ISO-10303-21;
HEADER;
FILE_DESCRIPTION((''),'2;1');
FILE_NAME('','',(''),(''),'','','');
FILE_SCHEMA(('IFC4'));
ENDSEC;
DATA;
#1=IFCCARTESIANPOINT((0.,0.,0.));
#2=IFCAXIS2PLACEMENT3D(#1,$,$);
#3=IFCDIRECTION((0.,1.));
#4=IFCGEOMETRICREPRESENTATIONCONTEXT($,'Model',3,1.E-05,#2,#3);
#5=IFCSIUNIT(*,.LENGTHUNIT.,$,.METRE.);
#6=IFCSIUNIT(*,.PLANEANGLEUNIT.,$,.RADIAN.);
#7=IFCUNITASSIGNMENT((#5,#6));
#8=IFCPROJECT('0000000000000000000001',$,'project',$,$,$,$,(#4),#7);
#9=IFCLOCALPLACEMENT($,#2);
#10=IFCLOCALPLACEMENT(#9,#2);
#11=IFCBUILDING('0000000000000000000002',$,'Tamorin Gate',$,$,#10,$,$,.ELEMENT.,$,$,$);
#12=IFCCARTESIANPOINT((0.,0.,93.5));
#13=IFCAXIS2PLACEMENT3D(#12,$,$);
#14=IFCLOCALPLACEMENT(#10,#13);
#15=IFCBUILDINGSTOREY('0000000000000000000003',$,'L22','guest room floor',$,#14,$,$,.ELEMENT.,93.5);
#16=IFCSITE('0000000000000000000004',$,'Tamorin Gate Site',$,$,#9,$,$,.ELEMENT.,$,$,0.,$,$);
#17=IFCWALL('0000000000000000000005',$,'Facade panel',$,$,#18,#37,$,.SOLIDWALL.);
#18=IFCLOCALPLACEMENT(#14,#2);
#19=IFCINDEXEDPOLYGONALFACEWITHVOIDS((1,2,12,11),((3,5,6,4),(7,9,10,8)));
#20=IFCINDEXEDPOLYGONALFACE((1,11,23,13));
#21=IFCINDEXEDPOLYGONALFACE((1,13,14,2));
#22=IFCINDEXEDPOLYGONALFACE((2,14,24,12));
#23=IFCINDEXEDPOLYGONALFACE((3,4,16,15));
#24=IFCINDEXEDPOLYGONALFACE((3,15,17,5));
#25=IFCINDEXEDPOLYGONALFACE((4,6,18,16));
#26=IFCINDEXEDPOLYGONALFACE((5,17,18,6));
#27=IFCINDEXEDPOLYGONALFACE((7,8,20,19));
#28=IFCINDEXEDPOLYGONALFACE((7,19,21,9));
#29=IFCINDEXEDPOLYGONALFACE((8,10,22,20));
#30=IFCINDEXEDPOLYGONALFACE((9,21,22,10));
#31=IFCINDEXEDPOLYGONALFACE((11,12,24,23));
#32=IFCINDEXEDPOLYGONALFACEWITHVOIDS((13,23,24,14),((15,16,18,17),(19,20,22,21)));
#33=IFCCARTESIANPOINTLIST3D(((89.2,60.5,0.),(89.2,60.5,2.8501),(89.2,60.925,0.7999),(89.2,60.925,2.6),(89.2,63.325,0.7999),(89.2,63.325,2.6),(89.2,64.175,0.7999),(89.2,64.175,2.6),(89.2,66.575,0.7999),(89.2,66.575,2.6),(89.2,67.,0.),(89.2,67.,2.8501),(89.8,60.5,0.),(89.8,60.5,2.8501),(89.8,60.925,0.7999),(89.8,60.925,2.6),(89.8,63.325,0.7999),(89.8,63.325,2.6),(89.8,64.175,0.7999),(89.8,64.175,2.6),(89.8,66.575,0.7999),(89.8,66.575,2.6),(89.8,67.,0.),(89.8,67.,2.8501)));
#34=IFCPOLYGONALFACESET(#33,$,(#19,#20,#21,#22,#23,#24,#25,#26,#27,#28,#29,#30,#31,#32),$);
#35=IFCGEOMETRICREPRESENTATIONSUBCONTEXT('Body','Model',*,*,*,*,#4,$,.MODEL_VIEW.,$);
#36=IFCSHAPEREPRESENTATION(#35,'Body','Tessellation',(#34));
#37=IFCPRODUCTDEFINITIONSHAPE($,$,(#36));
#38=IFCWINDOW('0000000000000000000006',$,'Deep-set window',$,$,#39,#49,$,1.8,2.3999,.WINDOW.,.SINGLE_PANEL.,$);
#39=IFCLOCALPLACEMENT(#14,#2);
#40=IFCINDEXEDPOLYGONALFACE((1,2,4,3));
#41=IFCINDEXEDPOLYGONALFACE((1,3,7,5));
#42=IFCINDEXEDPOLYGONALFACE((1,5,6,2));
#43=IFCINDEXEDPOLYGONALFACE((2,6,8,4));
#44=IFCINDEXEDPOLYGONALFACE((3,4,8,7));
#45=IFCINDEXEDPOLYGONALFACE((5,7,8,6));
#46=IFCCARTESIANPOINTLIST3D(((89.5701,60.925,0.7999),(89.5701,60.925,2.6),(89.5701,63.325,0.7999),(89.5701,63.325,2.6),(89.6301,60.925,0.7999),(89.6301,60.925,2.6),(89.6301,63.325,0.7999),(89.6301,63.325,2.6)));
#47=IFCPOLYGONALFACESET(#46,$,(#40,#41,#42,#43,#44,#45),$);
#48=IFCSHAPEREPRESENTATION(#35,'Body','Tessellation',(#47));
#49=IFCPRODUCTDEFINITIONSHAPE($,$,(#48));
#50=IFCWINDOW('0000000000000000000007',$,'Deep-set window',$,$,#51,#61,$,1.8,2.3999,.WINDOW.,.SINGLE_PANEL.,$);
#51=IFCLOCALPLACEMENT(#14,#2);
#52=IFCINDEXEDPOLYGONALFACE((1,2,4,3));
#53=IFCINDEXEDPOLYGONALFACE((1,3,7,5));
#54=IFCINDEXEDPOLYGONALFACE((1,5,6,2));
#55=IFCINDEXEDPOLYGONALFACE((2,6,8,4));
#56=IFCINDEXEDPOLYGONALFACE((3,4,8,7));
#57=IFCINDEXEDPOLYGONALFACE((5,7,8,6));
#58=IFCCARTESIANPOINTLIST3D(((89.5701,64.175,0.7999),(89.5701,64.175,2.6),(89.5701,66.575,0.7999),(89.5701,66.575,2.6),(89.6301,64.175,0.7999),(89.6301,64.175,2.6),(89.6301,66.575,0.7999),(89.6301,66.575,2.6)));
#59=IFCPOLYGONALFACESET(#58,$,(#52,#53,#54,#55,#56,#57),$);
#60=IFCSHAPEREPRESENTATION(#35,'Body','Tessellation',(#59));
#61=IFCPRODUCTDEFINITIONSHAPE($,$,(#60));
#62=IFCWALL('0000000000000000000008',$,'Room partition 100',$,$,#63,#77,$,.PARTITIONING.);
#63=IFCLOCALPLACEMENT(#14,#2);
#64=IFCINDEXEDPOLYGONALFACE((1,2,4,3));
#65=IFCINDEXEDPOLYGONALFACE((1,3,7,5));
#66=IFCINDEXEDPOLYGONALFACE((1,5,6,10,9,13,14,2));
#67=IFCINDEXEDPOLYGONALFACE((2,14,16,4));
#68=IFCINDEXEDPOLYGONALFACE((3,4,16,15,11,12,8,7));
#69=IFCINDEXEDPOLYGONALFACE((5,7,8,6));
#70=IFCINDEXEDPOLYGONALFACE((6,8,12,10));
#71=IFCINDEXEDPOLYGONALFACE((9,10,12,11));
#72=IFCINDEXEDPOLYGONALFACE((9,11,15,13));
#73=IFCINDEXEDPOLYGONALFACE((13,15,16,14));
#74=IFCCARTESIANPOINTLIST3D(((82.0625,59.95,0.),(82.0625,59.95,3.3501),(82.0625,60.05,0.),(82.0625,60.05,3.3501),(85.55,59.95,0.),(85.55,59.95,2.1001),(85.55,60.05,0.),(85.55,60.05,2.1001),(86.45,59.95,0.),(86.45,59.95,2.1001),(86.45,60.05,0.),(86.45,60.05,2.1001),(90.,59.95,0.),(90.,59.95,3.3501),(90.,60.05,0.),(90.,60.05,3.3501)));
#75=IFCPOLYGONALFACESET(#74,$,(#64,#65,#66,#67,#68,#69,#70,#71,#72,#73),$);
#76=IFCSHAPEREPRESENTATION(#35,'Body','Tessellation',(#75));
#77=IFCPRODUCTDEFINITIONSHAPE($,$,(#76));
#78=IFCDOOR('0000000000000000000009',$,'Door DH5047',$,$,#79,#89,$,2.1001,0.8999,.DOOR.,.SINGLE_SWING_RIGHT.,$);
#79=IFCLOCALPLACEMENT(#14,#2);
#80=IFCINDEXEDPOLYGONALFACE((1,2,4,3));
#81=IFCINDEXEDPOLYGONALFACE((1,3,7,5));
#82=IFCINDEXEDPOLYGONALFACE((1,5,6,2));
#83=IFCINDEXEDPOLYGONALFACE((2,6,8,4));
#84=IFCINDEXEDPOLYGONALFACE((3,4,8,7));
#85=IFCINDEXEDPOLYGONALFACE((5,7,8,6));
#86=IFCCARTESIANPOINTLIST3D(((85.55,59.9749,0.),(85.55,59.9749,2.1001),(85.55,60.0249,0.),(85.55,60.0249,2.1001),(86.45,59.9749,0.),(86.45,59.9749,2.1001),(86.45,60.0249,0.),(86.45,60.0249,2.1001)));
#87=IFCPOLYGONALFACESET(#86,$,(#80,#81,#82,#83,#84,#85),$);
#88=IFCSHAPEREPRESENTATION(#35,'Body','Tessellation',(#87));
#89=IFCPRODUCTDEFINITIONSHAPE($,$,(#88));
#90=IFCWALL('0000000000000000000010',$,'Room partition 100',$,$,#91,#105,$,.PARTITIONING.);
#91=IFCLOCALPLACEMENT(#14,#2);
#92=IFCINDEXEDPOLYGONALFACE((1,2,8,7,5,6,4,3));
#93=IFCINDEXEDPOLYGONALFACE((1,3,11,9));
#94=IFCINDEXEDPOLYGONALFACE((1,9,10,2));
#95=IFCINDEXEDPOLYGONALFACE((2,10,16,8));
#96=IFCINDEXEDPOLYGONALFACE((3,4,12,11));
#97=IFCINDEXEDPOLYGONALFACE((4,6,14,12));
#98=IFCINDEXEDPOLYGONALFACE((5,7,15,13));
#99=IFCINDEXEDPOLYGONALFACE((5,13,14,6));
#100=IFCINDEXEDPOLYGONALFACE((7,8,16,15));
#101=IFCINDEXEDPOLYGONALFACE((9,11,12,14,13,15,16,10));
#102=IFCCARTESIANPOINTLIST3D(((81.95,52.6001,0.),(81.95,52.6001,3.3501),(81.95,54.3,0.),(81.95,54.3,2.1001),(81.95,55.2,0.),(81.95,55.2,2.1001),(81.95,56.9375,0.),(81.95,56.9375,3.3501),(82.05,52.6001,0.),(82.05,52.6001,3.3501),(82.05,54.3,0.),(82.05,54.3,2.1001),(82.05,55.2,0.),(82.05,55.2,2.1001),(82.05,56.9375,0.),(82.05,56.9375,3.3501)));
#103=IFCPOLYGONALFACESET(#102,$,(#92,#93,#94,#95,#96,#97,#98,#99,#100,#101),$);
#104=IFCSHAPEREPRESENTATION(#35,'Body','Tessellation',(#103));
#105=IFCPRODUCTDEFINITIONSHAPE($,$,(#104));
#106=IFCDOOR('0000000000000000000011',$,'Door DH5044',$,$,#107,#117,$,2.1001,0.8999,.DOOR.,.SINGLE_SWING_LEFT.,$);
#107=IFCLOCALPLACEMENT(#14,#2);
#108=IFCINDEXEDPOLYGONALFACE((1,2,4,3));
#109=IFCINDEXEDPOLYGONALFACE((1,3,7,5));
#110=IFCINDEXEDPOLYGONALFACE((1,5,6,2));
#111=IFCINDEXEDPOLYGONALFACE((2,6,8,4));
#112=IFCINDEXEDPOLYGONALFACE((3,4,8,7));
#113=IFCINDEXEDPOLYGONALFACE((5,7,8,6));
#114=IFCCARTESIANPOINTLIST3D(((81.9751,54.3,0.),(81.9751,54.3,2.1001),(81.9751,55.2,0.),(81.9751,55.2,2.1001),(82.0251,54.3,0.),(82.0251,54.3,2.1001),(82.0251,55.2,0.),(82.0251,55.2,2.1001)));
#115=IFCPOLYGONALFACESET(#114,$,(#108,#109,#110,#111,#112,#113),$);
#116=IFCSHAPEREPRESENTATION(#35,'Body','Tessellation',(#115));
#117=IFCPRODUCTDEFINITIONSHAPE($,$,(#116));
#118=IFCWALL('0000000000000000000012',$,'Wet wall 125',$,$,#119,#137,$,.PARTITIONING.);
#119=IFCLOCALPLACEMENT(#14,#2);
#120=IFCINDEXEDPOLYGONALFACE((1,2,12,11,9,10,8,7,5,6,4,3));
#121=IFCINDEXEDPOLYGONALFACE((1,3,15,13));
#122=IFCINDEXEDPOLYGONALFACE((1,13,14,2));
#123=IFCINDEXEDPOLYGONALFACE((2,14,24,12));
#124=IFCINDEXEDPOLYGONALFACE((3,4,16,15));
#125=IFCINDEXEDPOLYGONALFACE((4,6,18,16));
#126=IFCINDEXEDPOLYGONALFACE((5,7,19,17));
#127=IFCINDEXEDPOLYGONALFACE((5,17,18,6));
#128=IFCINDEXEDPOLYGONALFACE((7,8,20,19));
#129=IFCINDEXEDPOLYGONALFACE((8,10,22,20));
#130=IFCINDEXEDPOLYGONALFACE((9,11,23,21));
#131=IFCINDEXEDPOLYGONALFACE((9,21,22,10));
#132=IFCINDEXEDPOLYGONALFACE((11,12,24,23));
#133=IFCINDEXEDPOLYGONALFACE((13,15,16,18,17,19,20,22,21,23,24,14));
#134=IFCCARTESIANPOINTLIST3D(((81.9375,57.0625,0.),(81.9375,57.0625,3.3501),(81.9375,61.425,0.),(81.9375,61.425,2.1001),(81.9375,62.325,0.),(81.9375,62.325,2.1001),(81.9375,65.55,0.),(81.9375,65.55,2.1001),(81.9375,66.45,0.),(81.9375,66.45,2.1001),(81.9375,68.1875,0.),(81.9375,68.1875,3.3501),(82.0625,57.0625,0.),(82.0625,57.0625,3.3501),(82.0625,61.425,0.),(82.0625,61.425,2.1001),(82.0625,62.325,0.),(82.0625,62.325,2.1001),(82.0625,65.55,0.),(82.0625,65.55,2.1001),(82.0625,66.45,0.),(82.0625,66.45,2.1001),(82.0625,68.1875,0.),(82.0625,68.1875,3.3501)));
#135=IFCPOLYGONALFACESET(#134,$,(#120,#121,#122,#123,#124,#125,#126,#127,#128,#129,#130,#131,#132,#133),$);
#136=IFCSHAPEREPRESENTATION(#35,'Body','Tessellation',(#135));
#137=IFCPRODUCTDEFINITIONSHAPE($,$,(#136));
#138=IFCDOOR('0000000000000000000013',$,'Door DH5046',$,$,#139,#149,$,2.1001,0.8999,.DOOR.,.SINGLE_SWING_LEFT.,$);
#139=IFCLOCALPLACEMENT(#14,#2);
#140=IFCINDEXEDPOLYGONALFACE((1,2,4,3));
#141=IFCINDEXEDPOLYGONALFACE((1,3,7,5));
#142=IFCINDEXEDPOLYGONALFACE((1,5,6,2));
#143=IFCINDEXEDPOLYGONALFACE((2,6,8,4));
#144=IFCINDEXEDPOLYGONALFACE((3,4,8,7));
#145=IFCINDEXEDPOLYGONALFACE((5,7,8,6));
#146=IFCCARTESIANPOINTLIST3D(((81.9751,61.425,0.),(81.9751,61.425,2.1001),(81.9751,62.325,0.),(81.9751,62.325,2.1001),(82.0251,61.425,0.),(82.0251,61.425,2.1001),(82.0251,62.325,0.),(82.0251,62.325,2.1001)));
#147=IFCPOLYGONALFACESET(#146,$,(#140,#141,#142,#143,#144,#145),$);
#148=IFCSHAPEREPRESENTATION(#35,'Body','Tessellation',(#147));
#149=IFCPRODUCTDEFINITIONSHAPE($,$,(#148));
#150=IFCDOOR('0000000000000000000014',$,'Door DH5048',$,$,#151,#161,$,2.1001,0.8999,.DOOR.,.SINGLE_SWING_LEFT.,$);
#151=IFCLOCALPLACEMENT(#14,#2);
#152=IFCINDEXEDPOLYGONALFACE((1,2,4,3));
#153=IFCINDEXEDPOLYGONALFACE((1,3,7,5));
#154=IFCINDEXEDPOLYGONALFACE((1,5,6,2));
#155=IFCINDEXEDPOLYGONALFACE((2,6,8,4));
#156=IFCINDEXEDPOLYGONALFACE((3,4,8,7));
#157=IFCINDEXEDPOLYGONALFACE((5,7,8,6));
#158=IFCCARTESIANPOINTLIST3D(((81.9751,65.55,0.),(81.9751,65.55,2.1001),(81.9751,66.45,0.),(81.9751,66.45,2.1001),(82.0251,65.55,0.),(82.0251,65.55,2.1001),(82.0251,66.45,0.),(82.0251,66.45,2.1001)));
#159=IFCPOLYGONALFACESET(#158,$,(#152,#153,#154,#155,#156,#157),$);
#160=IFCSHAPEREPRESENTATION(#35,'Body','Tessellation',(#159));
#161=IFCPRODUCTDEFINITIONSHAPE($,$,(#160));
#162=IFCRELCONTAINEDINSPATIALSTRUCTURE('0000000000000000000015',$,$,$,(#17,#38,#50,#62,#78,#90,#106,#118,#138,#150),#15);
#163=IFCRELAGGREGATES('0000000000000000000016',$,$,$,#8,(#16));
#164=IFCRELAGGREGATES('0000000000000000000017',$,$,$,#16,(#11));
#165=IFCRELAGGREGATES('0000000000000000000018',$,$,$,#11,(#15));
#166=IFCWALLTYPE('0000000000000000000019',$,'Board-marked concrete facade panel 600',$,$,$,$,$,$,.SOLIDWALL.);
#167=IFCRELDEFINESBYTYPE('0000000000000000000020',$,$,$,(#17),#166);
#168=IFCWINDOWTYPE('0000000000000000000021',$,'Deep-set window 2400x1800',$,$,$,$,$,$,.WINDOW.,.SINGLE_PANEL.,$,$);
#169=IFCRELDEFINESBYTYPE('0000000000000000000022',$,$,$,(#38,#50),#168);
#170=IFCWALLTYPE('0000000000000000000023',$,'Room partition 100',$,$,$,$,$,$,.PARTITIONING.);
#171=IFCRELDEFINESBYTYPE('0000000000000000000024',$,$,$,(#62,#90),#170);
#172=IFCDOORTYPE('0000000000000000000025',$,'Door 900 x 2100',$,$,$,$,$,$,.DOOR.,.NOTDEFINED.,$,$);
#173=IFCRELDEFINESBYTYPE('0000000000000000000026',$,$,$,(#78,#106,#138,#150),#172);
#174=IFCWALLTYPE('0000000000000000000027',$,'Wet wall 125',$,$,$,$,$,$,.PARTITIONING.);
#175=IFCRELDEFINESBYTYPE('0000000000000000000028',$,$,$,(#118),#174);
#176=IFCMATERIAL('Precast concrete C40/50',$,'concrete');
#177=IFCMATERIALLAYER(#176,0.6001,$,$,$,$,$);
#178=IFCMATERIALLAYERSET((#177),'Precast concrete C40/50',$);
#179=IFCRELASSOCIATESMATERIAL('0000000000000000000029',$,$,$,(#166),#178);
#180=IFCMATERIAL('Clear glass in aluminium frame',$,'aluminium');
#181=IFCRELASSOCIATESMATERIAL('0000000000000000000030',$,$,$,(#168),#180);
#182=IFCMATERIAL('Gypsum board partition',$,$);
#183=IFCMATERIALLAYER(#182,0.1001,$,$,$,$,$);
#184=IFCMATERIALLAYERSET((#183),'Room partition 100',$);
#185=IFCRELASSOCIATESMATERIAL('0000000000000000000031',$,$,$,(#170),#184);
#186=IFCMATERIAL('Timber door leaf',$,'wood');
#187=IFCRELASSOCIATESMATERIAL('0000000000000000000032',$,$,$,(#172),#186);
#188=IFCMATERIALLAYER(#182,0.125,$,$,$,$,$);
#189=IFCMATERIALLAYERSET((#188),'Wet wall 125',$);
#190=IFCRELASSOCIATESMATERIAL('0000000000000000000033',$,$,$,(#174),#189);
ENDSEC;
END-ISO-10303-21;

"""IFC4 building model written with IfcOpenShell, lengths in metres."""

from ifc_helpers import new_model, si_unit, direction, frame, frame_2d, origin, place, context, subcontext, project, spatial, rectangle, extrude, material, layer, layer_set, type_object, element, fill, save


model = new_model("IFC4")

# Units and contexts
model_context = context("Model", 3, precision=1e-05, world=origin(), true_north=direction((0.0, 1.0)))
body_context = subcontext(model_context, "Body", "Model", "MODEL_VIEW")
ifc_project = project(units=[si_unit("LENGTHUNIT", "METRE"), si_unit("PLANEANGLEUNIT", "RADIAN")], contexts=[model_context])

# Site, building, storey
site_placement = place(None, origin())
site = spatial("IfcSite", under=ifc_project, at=site_placement, Name="Tamorin Gate Site", CompositionType="ELEMENT", RefElevation=0.0)
building_placement = place(site_placement, origin())
building = spatial("IfcBuilding", under=site, at=building_placement, Name="Tamorin Gate", CompositionType="ELEMENT")
storey_placement = place(building_placement, frame((0.0, 0.0, 93.5)))
storey = spatial("IfcBuildingStorey", under=building, at=storey_placement, Name="L22", Description="guest room floor", CompositionType="ELEMENT", Elevation=93.5)

# Wall, openings, windows
ifc_material_1 = material(Name="Precast concrete C40/50", Category="concrete")
ifc_layer_1 = layer(ifc_material_1, 0.6001)
ifc_layer_set_1 = layer_set([ifc_layer_1], Name="Precast concrete C40/50")
wall_type_1 = type_object("IfcWallType", Name="Board-marked concrete facade panel 600", PredefinedType="SOLIDWALL", material=ifc_layer_set_1)
ifc_material_2 = material(Name="Clear glass in aluminium frame", Category="aluminium")
window_type = type_object("IfcWindowType", Name="Deep-set window 2400x1800", PartitioningType="SINGLE_PANEL", PredefinedType="WINDOW", material=ifc_material_2)
wall_1_placement = place(storey_placement, frame((89.5, 60.5, 0.0), z_axis=(0.0, 0.0, 1.0), x_axis=(0.0, 1.0, 0.0)))
wall_1 = element("IfcWall", 1, at=wall_1_placement, inside=storey, type_object=wall_type_1, Name="Facade panel", PredefinedType="SOLIDWALL", context=body_context, shape_type="SweptSolid", body=[
    extrude(rectangle(XDim=6.5, YDim=0.6001, at=frame_2d((3.25, 0.0))), origin(), (0.0, 0.0, 1.0), 2.8501),
])
opening_1_placement = place(wall_1_placement, frame((0.425, 0.0, 0.8)))
opening_1 = element("IfcOpeningElement", 2, at=opening_1_placement, cuts=wall_1, PredefinedType="OPENING", context=body_context, shape_type="SweptSolid", body=[
    extrude(rectangle(XDim=2.3999, YDim=1.8, at=frame_2d((1.2, 0.8999))), frame((0.0, 0.3101, 0.0), z_axis=(0.0, -1.0, 0.0), x_axis=(1.0, 0.0, 0.0)), (0.0, 0.0, 1.0), 0.6201),
])
opening_2_placement = place(wall_1_placement, frame((3.675, 0.0, 0.8)))
opening_2 = element("IfcOpeningElement", 3, at=opening_2_placement, cuts=wall_1, PredefinedType="OPENING", context=body_context, shape_type="SweptSolid", body=[
    extrude(rectangle(XDim=2.3999, YDim=1.8, at=frame_2d((1.2, 0.8999))), frame((0.0, 0.3101, 0.0), z_axis=(0.0, -1.0, 0.0), x_axis=(1.0, 0.0, 0.0)), (0.0, 0.0, 1.0), 0.6201),
])
window_1_placement = place(opening_1_placement, origin())
window_1 = element("IfcWindow", 4, at=window_1_placement, inside=storey, type_object=window_type, Name="Deep-set window", OverallHeight=1.8, OverallWidth=2.3999, PartitioningType="SINGLE_PANEL", PredefinedType="WINDOW", context=body_context, shape_type="SweptSolid", body=[
    extrude(rectangle(XDim=2.3999, YDim=1.8, at=frame_2d((1.2, 0.8999))), frame((0.0, -0.0701, 0.0), z_axis=(0.0, -1.0, 0.0), x_axis=(1.0, 0.0, 0.0)), (0.0, 0.0, 1.0), 0.0601),
])
fill(opening_1, window_1)
window_2_placement = place(opening_2_placement, origin())
window_2 = element("IfcWindow", 5, at=window_2_placement, inside=storey, type_object=window_type, Name="Deep-set window", OverallHeight=1.8, OverallWidth=2.3999, PartitioningType="SINGLE_PANEL", PredefinedType="WINDOW", context=body_context, shape_type="SweptSolid", body=[
    extrude(rectangle(XDim=2.3999, YDim=1.8, at=frame_2d((1.2, 0.8999))), frame((0.0, -0.0701, 0.0), z_axis=(0.0, -1.0, 0.0), x_axis=(1.0, 0.0, 0.0)), (0.0, 0.0, 1.0), 0.0601),
])
fill(opening_2, window_2)

# Walls, openings, doors
ifc_material_3 = material(Name="Gypsum board partition")
ifc_layer_2 = layer(ifc_material_3, 0.1001)
ifc_layer_set_2 = layer_set([ifc_layer_2], Name="Room partition 100")
wall_type_2 = type_object("IfcWallType", Name="Room partition 100", PredefinedType="PARTITIONING", material=ifc_layer_set_2)
wall_2_placement = place(storey_placement, frame((82.0625, 60.0, 0.0), z_axis=(0.0, 0.0, 1.0), x_axis=(1.0, 0.0, 0.0)))
wall_2 = element("IfcWall", 6, at=wall_2_placement, inside=storey, type_object=wall_type_2, Name="Room partition 100", PredefinedType="PARTITIONING", context=body_context, shape_type="SweptSolid", body=[
    extrude(rectangle(XDim=7.9375, YDim=0.1001, at=frame_2d((3.9688, 0.0))), origin(), (0.0, 0.0, 1.0), 3.3501),
])
opening_3_placement = place(wall_2_placement, frame((3.4875, 0.0, 0.0)))
opening_3 = element("IfcOpeningElement", 7, at=opening_3_placement, cuts=wall_2, PredefinedType="OPENING", context=body_context, shape_type="SweptSolid", body=[
    extrude(rectangle(XDim=0.8999, YDim=2.1001, at=frame_2d((0.45, 1.05))), frame((0.0, 0.0601, 0.0), z_axis=(0.0, -1.0, 0.0), x_axis=(1.0, 0.0, 0.0)), (0.0, 0.0, 1.0), 0.1201),
])
ifc_material_4 = material(Name="Timber door leaf", Category="wood")
door_type = type_object("IfcDoorType", Name="Door 900 x 2100", OperationType="NOTDEFINED", PredefinedType="DOOR", material=ifc_material_4)
door_1_placement = place(opening_3_placement, origin())
door_1 = element("IfcDoor", 8, at=door_1_placement, inside=storey, type_object=door_type, Name="Door DH5047", OperationType="SINGLE_SWING_RIGHT", OverallHeight=2.1001, OverallWidth=0.8999, PredefinedType="DOOR", context=body_context, shape_type="SweptSolid", body=[
    extrude(rectangle(XDim=0.8999, YDim=2.1001, at=frame_2d((0.45, 1.05))), frame((0.0, 0.0249, 0.0), z_axis=(0.0, -1.0, 0.0), x_axis=(1.0, 0.0, 0.0)), (0.0, 0.0, 1.0), 0.05),
])
fill(opening_3, door_1)
wall_3_placement = place(storey_placement, frame((82.0, 52.6001, 0.0), z_axis=(0.0, 0.0, 1.0), x_axis=(0.0, 1.0, 0.0)))
wall_3 = element("IfcWall", 9, at=wall_3_placement, inside=storey, type_object=wall_type_2, Name="Room partition 100", PredefinedType="PARTITIONING", context=body_context, shape_type="SweptSolid", body=[
    extrude(rectangle(XDim=4.3374, YDim=0.1001, at=frame_2d((2.1687, 0.0))), origin(), (0.0, 0.0, 1.0), 3.3501),
])
opening_4_placement = place(wall_3_placement, frame((1.7, 0.0, 0.0)))
opening_4 = element("IfcOpeningElement", 10, at=opening_4_placement, cuts=wall_3, PredefinedType="OPENING", context=body_context, shape_type="SweptSolid", body=[
    extrude(rectangle(XDim=0.8999, YDim=2.1001, at=frame_2d((0.45, 1.05))), frame((0.0, 0.0601, 0.0), z_axis=(0.0, -1.0, 0.0), x_axis=(1.0, 0.0, 0.0)), (0.0, 0.0, 1.0), 0.1201),
])
door_2_placement = place(opening_4_placement, origin())
door_2 = element("IfcDoor", 11, at=door_2_placement, inside=storey, type_object=door_type, Name="Door DH5044", OperationType="SINGLE_SWING_LEFT", OverallHeight=2.1001, OverallWidth=0.8999, PredefinedType="DOOR", context=body_context, shape_type="SweptSolid", body=[
    extrude(rectangle(XDim=0.8999, YDim=2.1001, at=frame_2d((0.45, 1.05))), frame((0.0, 0.0249, 0.0), z_axis=(0.0, -1.0, 0.0), x_axis=(1.0, 0.0, 0.0)), (0.0, 0.0, 1.0), 0.05),
])
fill(opening_4, door_2)

# Wall, openings, doors
ifc_layer_3 = layer(ifc_material_3, 0.125)
ifc_layer_set_3 = layer_set([ifc_layer_3], Name="Wet wall 125")
wall_type_3 = type_object("IfcWallType", Name="Wet wall 125", PredefinedType="PARTITIONING", material=ifc_layer_set_3)
wall_4_placement = place(storey_placement, frame((82.0, 57.0625, 0.0), z_axis=(0.0, 0.0, 1.0), x_axis=(0.0, 1.0, 0.0)))
wall_4 = element("IfcWall", 12, at=wall_4_placement, inside=storey, type_object=wall_type_3, Name="Wet wall 125", PredefinedType="PARTITIONING", context=body_context, shape_type="SweptSolid", body=[
    extrude(rectangle(XDim=11.125, YDim=0.125, at=frame_2d((5.5625, 0.0))), origin(), (0.0, 0.0, 1.0), 3.3501),
])
opening_5_placement = place(wall_4_placement, frame((4.3625, 0.0, 0.0)))
opening_5 = element("IfcOpeningElement", 13, at=opening_5_placement, cuts=wall_4, PredefinedType="OPENING", context=body_context, shape_type="SweptSolid", body=[
    extrude(rectangle(XDim=0.8999, YDim=2.1001, at=frame_2d((0.45, 1.05))), frame((0.0, 0.0725, 0.0), z_axis=(0.0, -1.0, 0.0), x_axis=(1.0, 0.0, 0.0)), (0.0, 0.0, 1.0), 0.145),
])
opening_6_placement = place(wall_4_placement, frame((8.4875, 0.0, 0.0)))
opening_6 = element("IfcOpeningElement", 14, at=opening_6_placement, cuts=wall_4, PredefinedType="OPENING", context=body_context, shape_type="SweptSolid", body=[
    extrude(rectangle(XDim=0.8999, YDim=2.1001, at=frame_2d((0.45, 1.05))), frame((0.0, 0.0725, 0.0), z_axis=(0.0, -1.0, 0.0), x_axis=(1.0, 0.0, 0.0)), (0.0, 0.0, 1.0), 0.145),
])
door_3_placement = place(opening_5_placement, origin())
door_3 = element("IfcDoor", 15, at=door_3_placement, inside=storey, type_object=door_type, Name="Door DH5046", OperationType="SINGLE_SWING_LEFT", OverallHeight=2.1001, OverallWidth=0.8999, PredefinedType="DOOR", context=body_context, shape_type="SweptSolid", body=[
    extrude(rectangle(XDim=0.8999, YDim=2.1001, at=frame_2d((0.45, 1.05))), frame((0.0, 0.0249, 0.0), z_axis=(0.0, -1.0, 0.0), x_axis=(1.0, 0.0, 0.0)), (0.0, 0.0, 1.0), 0.05),
])
fill(opening_5, door_3)
door_4_placement = place(opening_6_placement, origin())
door_4 = element("IfcDoor", 16, at=door_4_placement, inside=storey, type_object=door_type, Name="Door DH5048", OperationType="SINGLE_SWING_LEFT", OverallHeight=2.1001, OverallWidth=0.8999, PredefinedType="DOOR", context=body_context, shape_type="SweptSolid", body=[
    extrude(rectangle(XDim=0.8999, YDim=2.1001, at=frame_2d((0.45, 1.05))), frame((0.0, 0.0249, 0.0), z_axis=(0.0, -1.0, 0.0), x_axis=(1.0, 0.0, 0.0)), (0.0, 0.0, 1.0), 0.05),
])
fill(opening_6, door_4)

save(model, "model.ifc")
